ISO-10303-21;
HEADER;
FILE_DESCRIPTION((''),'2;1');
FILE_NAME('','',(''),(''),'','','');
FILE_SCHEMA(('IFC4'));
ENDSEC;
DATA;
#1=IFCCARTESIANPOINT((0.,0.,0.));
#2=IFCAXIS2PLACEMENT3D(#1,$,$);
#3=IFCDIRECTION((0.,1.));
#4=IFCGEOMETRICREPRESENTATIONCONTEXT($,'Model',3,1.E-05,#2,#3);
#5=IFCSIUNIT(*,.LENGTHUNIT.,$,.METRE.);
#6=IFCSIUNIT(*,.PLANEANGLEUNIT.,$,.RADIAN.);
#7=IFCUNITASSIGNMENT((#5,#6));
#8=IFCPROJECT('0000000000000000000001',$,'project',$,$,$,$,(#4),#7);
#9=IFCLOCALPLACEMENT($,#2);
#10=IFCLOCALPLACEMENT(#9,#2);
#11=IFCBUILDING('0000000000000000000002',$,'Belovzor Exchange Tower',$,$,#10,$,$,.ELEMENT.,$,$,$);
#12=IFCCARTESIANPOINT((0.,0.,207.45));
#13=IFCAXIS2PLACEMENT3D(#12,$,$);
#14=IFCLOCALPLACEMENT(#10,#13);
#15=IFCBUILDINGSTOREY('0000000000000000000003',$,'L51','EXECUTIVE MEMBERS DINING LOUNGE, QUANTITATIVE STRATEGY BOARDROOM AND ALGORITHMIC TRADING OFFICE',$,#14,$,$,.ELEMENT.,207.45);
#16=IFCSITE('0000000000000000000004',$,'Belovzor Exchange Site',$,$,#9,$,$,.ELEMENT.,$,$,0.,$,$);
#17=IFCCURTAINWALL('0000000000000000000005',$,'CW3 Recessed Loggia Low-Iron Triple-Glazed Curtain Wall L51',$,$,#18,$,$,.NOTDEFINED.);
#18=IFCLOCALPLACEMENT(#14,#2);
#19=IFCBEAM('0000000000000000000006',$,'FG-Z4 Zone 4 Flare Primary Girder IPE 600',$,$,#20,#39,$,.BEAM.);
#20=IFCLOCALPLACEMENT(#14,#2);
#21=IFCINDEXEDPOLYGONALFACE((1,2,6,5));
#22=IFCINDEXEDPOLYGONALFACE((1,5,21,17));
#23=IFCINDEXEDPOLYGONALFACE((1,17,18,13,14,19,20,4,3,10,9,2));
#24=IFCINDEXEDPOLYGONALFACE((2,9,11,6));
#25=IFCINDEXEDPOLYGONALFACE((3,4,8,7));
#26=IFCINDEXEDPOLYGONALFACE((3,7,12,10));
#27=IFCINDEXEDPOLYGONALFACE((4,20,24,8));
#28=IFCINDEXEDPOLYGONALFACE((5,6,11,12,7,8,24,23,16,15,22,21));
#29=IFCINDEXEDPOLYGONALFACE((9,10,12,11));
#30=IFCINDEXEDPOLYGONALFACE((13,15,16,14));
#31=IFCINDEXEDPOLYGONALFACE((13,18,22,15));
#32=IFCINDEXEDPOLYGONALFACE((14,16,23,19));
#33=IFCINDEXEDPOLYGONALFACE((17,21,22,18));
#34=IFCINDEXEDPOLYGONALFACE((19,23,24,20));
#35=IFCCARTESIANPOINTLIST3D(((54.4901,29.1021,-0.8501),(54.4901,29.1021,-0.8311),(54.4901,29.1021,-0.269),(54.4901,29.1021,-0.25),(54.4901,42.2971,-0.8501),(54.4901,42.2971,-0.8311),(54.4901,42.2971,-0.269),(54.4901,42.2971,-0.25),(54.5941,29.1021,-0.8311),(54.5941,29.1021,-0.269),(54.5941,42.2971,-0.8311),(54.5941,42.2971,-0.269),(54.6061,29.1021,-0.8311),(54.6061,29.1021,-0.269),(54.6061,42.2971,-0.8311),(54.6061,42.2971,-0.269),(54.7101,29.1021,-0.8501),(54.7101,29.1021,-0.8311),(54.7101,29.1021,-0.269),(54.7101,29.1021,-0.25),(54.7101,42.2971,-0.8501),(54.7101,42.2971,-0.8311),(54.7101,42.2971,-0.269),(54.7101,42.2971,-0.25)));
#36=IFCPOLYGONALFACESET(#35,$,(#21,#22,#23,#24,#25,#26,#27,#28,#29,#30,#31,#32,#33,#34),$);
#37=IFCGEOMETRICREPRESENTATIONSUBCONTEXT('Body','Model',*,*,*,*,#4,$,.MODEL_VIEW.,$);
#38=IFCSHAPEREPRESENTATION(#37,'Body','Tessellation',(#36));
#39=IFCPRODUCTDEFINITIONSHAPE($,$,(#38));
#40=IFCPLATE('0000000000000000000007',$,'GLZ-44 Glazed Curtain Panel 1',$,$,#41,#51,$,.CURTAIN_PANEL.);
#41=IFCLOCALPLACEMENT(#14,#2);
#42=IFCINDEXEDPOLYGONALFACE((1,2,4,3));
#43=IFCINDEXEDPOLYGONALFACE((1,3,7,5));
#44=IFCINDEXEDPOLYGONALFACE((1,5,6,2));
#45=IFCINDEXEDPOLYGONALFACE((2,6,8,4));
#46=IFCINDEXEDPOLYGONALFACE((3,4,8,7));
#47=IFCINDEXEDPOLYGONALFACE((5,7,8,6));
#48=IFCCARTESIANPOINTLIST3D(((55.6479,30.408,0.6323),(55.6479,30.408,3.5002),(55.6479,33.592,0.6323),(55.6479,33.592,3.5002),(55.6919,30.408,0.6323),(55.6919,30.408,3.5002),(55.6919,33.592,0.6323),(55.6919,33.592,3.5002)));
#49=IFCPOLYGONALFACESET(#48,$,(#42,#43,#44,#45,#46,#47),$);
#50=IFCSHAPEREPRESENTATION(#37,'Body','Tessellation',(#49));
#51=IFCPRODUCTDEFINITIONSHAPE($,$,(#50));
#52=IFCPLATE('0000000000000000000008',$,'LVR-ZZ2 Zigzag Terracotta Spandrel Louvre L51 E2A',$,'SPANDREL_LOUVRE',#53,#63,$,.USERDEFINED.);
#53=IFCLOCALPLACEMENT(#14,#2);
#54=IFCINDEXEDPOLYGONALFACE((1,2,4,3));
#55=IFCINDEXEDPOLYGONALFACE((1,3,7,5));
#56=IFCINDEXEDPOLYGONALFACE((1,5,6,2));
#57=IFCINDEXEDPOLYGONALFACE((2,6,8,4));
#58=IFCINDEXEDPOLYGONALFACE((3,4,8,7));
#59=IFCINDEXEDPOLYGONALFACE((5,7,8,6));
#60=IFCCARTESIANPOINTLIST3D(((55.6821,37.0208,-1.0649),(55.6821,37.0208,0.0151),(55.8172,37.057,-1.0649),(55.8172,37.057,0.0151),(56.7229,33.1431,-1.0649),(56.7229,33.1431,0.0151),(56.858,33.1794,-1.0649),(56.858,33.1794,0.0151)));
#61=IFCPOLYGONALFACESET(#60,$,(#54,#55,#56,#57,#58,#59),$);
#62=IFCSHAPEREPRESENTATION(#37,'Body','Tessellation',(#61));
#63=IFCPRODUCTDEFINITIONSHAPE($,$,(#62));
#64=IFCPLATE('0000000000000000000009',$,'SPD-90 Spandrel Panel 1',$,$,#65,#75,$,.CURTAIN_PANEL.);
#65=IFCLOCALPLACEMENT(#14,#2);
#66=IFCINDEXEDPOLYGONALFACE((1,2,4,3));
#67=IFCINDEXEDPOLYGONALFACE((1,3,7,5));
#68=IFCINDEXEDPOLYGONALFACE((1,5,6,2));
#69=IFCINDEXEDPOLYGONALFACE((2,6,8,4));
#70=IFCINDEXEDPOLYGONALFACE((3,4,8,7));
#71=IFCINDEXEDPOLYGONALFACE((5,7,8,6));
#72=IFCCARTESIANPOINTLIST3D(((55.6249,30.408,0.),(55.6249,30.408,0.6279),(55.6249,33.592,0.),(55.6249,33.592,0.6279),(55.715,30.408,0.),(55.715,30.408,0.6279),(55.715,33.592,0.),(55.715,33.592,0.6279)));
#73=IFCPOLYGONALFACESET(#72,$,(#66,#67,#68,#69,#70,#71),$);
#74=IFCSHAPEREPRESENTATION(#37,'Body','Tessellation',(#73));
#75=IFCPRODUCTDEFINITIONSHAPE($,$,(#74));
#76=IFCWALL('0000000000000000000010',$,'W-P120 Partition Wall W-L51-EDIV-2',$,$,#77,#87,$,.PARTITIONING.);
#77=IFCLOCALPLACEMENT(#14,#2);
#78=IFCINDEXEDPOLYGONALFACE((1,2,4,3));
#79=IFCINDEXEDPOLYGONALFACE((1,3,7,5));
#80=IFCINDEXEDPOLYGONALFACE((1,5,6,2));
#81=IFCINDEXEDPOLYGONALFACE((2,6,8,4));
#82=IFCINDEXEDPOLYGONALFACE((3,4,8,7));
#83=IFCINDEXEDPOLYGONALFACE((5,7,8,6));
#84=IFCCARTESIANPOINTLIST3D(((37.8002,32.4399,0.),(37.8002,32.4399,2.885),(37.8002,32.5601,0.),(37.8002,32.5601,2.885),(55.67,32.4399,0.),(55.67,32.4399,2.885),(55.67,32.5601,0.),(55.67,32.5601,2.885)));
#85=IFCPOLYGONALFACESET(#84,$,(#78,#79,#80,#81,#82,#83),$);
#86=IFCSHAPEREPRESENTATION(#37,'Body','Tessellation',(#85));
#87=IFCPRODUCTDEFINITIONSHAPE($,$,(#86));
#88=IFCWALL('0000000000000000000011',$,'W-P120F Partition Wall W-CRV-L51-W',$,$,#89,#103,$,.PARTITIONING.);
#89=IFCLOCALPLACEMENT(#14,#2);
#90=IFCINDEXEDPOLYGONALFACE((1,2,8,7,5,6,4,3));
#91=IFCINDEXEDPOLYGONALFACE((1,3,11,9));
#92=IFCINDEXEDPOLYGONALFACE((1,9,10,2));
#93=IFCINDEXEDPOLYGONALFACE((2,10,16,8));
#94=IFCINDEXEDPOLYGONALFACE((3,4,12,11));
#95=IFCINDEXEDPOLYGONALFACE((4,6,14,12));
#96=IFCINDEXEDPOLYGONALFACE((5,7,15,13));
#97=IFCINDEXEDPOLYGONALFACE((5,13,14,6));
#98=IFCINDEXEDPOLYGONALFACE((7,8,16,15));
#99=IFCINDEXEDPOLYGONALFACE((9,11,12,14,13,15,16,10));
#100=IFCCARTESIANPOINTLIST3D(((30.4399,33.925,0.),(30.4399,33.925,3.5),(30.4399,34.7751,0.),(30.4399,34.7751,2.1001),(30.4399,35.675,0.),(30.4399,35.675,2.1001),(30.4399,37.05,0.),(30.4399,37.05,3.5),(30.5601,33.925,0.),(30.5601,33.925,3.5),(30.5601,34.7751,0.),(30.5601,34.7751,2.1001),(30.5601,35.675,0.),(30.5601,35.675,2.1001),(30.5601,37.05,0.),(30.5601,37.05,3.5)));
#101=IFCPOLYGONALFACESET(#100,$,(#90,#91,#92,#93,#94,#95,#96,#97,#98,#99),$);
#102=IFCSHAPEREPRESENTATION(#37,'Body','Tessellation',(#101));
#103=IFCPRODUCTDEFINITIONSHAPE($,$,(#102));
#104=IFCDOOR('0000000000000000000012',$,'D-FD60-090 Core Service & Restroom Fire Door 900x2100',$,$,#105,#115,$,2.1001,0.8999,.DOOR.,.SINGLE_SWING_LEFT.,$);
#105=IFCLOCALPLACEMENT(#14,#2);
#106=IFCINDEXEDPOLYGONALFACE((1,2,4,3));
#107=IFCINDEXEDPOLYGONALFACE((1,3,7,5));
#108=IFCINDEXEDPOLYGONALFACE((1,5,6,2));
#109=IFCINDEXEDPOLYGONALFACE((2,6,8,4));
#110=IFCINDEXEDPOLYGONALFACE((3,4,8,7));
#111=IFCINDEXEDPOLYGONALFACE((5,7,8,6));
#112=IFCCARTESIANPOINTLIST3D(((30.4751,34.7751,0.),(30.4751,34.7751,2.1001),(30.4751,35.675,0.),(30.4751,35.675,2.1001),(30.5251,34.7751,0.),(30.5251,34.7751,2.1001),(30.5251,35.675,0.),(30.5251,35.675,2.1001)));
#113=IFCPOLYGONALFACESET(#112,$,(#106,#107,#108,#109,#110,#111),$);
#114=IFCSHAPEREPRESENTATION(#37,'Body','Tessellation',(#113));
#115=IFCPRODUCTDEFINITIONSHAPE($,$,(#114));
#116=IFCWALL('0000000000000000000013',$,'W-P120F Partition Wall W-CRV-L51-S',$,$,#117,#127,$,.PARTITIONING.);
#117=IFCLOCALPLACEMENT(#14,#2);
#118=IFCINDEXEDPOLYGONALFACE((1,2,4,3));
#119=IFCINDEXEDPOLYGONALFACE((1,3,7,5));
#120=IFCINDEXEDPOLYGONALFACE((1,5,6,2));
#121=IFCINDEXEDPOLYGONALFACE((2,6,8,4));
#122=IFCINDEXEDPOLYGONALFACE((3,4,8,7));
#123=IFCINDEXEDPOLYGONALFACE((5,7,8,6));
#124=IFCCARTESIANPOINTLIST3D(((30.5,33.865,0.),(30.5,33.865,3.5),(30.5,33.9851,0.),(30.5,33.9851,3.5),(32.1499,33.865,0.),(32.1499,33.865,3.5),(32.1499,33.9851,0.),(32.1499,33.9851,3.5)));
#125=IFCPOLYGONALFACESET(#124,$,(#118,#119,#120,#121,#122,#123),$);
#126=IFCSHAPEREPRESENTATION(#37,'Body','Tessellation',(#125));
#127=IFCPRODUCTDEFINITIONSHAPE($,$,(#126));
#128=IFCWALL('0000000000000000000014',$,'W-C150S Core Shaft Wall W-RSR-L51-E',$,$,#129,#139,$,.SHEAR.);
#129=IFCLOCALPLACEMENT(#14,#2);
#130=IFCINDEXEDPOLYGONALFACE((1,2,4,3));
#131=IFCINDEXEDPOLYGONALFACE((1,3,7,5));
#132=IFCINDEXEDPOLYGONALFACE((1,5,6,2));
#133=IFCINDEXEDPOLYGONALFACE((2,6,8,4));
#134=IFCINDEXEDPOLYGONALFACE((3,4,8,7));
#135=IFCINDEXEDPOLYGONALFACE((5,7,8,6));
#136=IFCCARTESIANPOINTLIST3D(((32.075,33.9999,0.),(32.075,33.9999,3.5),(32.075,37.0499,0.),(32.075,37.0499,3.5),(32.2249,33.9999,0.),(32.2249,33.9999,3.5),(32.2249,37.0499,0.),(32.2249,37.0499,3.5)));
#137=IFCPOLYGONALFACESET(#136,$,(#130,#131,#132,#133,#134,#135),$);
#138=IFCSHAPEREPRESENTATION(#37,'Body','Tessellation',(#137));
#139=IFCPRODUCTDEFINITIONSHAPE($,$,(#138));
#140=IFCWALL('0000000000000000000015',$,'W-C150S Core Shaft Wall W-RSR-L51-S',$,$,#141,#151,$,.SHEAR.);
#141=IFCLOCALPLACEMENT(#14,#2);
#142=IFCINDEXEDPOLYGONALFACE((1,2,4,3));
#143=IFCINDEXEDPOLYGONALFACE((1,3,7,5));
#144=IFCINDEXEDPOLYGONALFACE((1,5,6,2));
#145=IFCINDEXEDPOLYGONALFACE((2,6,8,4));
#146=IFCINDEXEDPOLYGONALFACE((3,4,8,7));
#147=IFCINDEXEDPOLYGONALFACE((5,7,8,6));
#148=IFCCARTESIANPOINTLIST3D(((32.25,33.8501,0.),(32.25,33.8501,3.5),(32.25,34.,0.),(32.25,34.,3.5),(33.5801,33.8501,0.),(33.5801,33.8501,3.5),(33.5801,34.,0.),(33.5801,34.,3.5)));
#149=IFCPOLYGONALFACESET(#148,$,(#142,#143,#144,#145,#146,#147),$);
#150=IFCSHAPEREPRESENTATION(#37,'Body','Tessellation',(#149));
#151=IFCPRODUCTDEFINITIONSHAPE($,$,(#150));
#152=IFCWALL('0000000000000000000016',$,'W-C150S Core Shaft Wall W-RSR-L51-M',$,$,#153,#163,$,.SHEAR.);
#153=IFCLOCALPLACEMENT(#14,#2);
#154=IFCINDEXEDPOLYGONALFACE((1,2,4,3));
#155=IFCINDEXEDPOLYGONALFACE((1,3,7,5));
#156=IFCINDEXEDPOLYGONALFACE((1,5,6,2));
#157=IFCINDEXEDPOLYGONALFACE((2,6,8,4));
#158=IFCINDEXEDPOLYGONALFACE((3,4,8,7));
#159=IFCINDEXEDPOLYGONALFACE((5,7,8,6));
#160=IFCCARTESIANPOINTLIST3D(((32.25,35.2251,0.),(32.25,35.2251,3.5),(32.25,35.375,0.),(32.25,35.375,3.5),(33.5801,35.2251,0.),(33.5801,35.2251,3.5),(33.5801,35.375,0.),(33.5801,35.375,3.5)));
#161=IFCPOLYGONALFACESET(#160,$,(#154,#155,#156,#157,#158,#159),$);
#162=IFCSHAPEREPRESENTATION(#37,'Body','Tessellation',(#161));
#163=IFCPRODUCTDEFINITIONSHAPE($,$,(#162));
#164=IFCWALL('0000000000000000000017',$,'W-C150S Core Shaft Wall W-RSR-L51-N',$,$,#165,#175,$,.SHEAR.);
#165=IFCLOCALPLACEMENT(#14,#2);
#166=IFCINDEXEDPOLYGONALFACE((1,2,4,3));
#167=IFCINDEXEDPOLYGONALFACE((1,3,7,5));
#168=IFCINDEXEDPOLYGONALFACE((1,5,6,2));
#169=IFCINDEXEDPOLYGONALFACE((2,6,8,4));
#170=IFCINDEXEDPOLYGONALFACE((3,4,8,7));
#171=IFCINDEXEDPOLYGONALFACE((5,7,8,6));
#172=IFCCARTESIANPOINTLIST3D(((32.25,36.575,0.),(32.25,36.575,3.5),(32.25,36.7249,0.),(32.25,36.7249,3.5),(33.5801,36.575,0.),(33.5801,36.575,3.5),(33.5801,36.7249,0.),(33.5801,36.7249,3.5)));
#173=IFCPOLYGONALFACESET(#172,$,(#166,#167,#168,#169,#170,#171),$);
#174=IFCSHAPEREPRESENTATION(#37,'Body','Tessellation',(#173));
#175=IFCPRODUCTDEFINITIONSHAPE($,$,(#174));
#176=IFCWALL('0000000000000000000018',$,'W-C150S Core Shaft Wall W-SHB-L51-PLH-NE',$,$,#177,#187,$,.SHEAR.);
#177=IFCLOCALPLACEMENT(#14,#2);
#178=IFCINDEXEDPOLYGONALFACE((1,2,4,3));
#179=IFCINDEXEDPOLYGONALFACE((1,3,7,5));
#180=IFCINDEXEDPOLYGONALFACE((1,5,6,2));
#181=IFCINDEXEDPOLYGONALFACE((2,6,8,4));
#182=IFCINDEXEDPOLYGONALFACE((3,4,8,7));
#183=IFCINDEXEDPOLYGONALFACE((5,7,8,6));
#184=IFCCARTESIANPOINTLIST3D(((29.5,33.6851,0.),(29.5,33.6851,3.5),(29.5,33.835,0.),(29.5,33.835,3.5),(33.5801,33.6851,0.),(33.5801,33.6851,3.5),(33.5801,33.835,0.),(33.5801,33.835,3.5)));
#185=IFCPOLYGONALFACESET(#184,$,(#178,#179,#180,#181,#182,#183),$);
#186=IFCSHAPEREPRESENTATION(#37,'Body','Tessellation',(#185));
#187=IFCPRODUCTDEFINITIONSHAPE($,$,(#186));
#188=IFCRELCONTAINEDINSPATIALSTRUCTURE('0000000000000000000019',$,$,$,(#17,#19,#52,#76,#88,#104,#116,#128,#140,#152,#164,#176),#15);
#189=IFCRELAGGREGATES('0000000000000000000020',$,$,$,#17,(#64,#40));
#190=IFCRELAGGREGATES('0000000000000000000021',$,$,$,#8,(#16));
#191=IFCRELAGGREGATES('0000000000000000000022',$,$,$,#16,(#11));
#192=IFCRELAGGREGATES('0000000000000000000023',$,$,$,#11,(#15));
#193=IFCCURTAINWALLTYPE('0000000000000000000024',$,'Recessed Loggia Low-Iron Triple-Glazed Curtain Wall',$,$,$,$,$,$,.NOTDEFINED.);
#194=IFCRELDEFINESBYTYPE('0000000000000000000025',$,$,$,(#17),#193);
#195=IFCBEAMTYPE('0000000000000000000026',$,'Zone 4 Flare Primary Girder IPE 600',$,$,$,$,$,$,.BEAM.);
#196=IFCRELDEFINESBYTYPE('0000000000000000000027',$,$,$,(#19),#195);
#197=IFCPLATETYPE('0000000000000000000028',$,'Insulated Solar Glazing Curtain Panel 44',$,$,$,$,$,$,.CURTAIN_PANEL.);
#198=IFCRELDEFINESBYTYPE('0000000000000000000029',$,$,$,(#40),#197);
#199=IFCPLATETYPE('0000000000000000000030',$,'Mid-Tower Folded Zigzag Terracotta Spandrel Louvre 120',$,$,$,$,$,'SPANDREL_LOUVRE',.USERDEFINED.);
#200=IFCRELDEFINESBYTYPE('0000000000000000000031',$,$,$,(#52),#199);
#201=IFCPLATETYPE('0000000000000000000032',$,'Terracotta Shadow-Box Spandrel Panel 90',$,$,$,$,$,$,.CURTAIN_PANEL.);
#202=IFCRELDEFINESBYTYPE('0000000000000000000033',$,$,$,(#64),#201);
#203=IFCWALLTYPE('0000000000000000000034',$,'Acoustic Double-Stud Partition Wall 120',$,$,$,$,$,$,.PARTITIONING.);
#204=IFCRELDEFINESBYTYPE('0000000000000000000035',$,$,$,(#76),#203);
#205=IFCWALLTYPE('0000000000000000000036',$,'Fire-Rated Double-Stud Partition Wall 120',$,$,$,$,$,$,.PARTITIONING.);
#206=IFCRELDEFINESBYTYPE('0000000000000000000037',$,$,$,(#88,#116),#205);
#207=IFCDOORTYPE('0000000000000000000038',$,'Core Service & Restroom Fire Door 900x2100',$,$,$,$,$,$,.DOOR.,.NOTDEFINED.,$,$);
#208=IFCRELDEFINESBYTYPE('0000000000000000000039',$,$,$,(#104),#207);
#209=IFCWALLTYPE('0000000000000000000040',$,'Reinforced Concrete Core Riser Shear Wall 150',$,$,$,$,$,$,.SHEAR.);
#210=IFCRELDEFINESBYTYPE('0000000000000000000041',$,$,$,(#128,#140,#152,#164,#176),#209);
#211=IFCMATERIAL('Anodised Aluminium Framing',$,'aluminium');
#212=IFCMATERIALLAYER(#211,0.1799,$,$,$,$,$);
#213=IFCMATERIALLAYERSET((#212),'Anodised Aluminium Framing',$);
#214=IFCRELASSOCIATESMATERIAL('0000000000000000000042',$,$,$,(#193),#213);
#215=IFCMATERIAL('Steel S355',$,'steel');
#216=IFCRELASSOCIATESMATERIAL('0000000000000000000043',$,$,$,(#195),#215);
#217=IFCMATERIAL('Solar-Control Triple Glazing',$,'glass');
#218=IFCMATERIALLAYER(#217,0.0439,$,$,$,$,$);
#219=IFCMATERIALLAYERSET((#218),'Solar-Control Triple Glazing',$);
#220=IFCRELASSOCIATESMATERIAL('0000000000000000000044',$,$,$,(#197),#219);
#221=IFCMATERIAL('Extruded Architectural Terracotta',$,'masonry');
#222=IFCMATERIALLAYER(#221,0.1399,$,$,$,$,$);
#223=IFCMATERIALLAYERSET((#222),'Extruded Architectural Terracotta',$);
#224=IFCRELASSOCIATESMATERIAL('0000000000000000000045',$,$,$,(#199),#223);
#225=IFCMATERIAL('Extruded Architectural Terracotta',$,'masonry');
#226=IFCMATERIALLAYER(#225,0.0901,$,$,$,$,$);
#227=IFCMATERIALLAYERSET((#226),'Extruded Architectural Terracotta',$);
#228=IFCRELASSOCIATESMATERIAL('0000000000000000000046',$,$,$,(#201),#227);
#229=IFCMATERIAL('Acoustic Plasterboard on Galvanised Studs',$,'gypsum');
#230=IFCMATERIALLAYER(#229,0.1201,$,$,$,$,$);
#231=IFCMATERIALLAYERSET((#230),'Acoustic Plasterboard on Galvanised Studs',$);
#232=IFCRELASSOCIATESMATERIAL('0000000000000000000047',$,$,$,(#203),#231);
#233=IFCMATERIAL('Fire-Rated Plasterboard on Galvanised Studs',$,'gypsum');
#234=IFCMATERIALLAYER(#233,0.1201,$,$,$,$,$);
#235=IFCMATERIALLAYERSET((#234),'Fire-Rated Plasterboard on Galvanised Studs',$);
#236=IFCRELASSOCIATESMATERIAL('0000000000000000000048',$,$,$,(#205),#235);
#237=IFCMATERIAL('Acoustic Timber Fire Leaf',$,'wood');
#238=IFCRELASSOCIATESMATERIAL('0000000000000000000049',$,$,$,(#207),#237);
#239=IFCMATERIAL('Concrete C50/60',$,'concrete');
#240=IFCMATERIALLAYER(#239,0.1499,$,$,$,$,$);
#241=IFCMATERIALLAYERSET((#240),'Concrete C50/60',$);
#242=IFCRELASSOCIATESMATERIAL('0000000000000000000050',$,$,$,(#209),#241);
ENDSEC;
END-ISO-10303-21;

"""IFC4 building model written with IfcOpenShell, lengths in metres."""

from ifc_helpers import new_model, si_unit, direction, frame, frame_2d, origin, origin_2d, place, context, subcontext, project, spatial, rectangle, i_section, extrude, material, layer, layer_set, material_profile, profile_set, type_object, element, fill, aggregate, save


model = new_model("IFC4")

# Units and contexts
model_context = context("Model", 3, precision=1e-05, world=origin(), true_north=direction((0.0, 1.0)))
body_context = subcontext(model_context, "Body", "Model", "MODEL_VIEW")
ifc_project = project(units=[si_unit("LENGTHUNIT", "METRE"), si_unit("PLANEANGLEUNIT", "RADIAN")], contexts=[model_context])

# Site, building, storey
site_placement = place(None, origin())
site = spatial("IfcSite", under=ifc_project, at=site_placement, Name="Belovzor Exchange Site", CompositionType="ELEMENT", RefElevation=0.0)
building_placement = place(site_placement, origin())
building = spatial("IfcBuilding", under=site, at=building_placement, Name="Belovzor Exchange Tower", CompositionType="ELEMENT")
storey_placement = place(building_placement, frame((0.0, 0.0, 207.45)))
storey = spatial("IfcBuildingStorey", under=building, at=storey_placement, Name="L51", Description="EXECUTIVE MEMBERS DINING LOUNGE, QUANTITATIVE STRATEGY BOARDROOM AND ALGORITHMIC TRADING OFFICE", CompositionType="ELEMENT", Elevation=207.45)

# Curtain wall
ifc_material_1 = material(Name="Anodised Aluminium Framing", Category="aluminium")
ifc_layer_1 = layer(ifc_material_1, 0.1799)
ifc_layer_set_1 = layer_set([ifc_layer_1], Name="Anodised Aluminium Framing")
curtain_wall_type = type_object("IfcCurtainWallType", Name="Recessed Loggia Low-Iron Triple-Glazed Curtain Wall", PredefinedType="NOTDEFINED", material=ifc_layer_set_1)
curtain_wall_placement = place(storey_placement, origin())
curtain_wall = element("IfcCurtainWall", 1, at=curtain_wall_placement, inside=storey, type_object=curtain_wall_type, Name="CW3 Recessed Loggia Low-Iron Triple-Glazed Curtain Wall L51", PredefinedType="NOTDEFINED")

# Beam
ifc_material_2 = material(Name="Steel S355", Category="steel")
ifc_material_profile_1 = material_profile(ifc_material_2, i_section(OverallWidth=0.22, OverallDepth=0.6001, WebThickness=0.012, FlangeThickness=0.019, at=origin_2d()))
ifc_profile_set_1 = profile_set([ifc_material_profile_1], Name="Steel S355")
beam_type_1 = type_object("IfcBeamType", Name="Zone 4 Flare Primary Girder IPE 600", PredefinedType="BEAM", material=ifc_profile_set_1)
beam_1_placement = place(storey_placement, frame((54.6001, 29.1021, -0.55), z_axis=(0.0, 1.0, 0.0), x_axis=(-1.0, 0.0, 0.0)))
element("IfcBeam", 2, at=beam_1_placement, inside=storey, type_object=beam_type_1, Name="FG-Z4 Zone 4 Flare Primary Girder IPE 600", PredefinedType="BEAM", context=body_context, shape_type="SweptSolid", body=[
    extrude(i_section(OverallWidth=0.22, OverallDepth=0.6001, WebThickness=0.012, FlangeThickness=0.019, at=origin_2d()), origin(), (0.0, 0.0, 1.0), 13.1951),
])

# Plates
ifc_material_3 = material(Name="Solar-Control Triple Glazing", Category="glass")
ifc_layer_2 = layer(ifc_material_3, 0.0439)
ifc_layer_set_2 = layer_set([ifc_layer_2], Name="Solar-Control Triple Glazing")
plate_type_1 = type_object("IfcPlateType", Name="Insulated Solar Glazing Curtain Panel 44", PredefinedType="CURTAIN_PANEL", material=ifc_layer_set_2)
plate_1_placement = place(storey_placement, frame((55.6699, 32.0, 0.6323), z_axis=(0.0, 0.0, 1.0), x_axis=(0.0, -1.0, 0.0)))
plate_1 = element("IfcPlate", 3, at=plate_1_placement, type_object=plate_type_1, Name="GLZ-44 Glazed Curtain Panel 1", PredefinedType="CURTAIN_PANEL", context=body_context, shape_type="SweptSolid", body=[
    extrude(rectangle(XDim=3.1841, YDim=0.0439, at=origin_2d()), origin(), (0.0, 0.0, 1.0), 2.8679),
])
ifc_material_4 = material(Name="Extruded Architectural Terracotta", Category="masonry")
ifc_layer_3 = layer(ifc_material_4, 0.1399)
ifc_layer_set_3 = layer_set([ifc_layer_3], Name="Extruded Architectural Terracotta")
plate_type_2 = type_object("IfcPlateType", Name="Mid-Tower Folded Zigzag Terracotta Spandrel Louvre 120", ElementType="SPANDREL_LOUVRE", PredefinedType="USERDEFINED", material=ifc_layer_set_3)
plate_2_placement = place(storey_placement, frame((56.27, 35.1001, -1.0649), z_axis=(0.0, 0.0, 1.0), x_axis=(-0.25924, 0.965813, 0.0)))
element("IfcPlate", 4, at=plate_2_placement, inside=storey, type_object=plate_type_2, Name="LVR-ZZ2 Zigzag Terracotta Spandrel Louvre L51 E2A", ObjectType="SPANDREL_LOUVRE", PredefinedType="USERDEFINED", context=body_context, shape_type="SweptSolid", body=[
    extrude(rectangle(XDim=4.0149, YDim=0.1399, at=origin_2d()), origin(), (0.0, 0.0, 1.0), 1.0801),
])
ifc_material_5 = material(Name="Extruded Architectural Terracotta", Category="masonry")
ifc_layer_4 = layer(ifc_material_5, 0.0901)
ifc_layer_set_4 = layer_set([ifc_layer_4], Name="Extruded Architectural Terracotta")
plate_type_3 = type_object("IfcPlateType", Name="Terracotta Shadow-Box Spandrel Panel 90", PredefinedType="CURTAIN_PANEL", material=ifc_layer_set_4)
plate_3_placement = place(storey_placement, frame((55.6699, 32.0, 0.0), z_axis=(0.0, 0.0, 1.0), x_axis=(0.0, -1.0, 0.0)))
plate_3 = element("IfcPlate", 5, at=plate_3_placement, type_object=plate_type_3, Name="SPD-90 Spandrel Panel 1", PredefinedType="CURTAIN_PANEL", context=body_context, shape_type="SweptSolid", body=[
    extrude(rectangle(XDim=3.1841, YDim=0.0901, at=origin_2d()), origin(), (0.0, 0.0, 1.0), 0.6279),
])
aggregate(curtain_wall, [plate_3, plate_1])

# Wall
ifc_material_6 = material(Name="Acoustic Plasterboard on Galvanised Studs", Category="gypsum")
ifc_layer_5 = layer(ifc_material_6, 0.1201)
ifc_layer_set_5 = layer_set([ifc_layer_5], Name="Acoustic Plasterboard on Galvanised Studs")
wall_type_1 = type_object("IfcWallType", Name="Acoustic Double-Stud Partition Wall 120", PredefinedType="PARTITIONING", material=ifc_layer_set_5)
wall_1_placement = place(storey_placement, frame((37.8, 32.5, 0.0), z_axis=(0.0, 0.0, 1.0), x_axis=(1.0, 0.0, 0.0)))
element("IfcWall", 6, at=wall_1_placement, inside=storey, type_object=wall_type_1, Name="W-P120 Partition Wall W-L51-EDIV-2", PredefinedType="PARTITIONING", context=body_context, shape_type="SweptSolid", body=[
    extrude(rectangle(XDim=17.8699, YDim=0.1201, at=frame_2d((8.9351, 0.0))), origin(), (0.0, 0.0, 1.0), 2.885),
])

# Wall, opening, door
ifc_material_7 = material(Name="Fire-Rated Plasterboard on Galvanised Studs", Category="gypsum")
ifc_layer_6 = layer(ifc_material_7, 0.1201)
ifc_layer_set_6 = layer_set([ifc_layer_6], Name="Fire-Rated Plasterboard on Galvanised Studs")
wall_type_2 = type_object("IfcWallType", Name="Fire-Rated Double-Stud Partition Wall 120", PredefinedType="PARTITIONING", material=ifc_layer_set_6)
wall_2_placement = place(storey_placement, frame((30.5, 33.925, 0.0), z_axis=(0.0, 0.0, 1.0), x_axis=(0.0, 1.0, 0.0)))
wall_2 = element("IfcWall", 7, at=wall_2_placement, inside=storey, type_object=wall_type_2, Name="W-P120F Partition Wall W-CRV-L51-W", PredefinedType="PARTITIONING", context=body_context, shape_type="SweptSolid", body=[
    extrude(rectangle(XDim=3.125, YDim=0.1201, at=frame_2d((1.5625, 0.0))), origin(), (0.0, 0.0, 1.0), 3.5),
])
opening_placement = place(wall_2_placement, frame((0.8501, 0.0, 0.0)))
opening = element("IfcOpeningElement", 8, at=opening_placement, cuts=wall_2, PredefinedType="OPENING", context=body_context, shape_type="SweptSolid", body=[
    extrude(rectangle(XDim=0.8999, YDim=2.1001, at=frame_2d((0.45, 1.05))), frame((0.0, 0.0701, 0.0), z_axis=(0.0, -1.0, 0.0), x_axis=(1.0, 0.0, 0.0)), (0.0, 0.0, 1.0), 0.1401),
])
ifc_material_8 = material(Name="Acoustic Timber Fire Leaf", Category="wood")
door_type = type_object("IfcDoorType", Name="Core Service & Restroom Fire Door 900x2100", OperationType="NOTDEFINED", PredefinedType="DOOR", material=ifc_material_8)
door_placement = place(opening_placement, origin())
door = element("IfcDoor", 9, at=door_placement, inside=storey, type_object=door_type, Name="D-FD60-090 Core Service & Restroom Fire Door 900x2100", OperationType="SINGLE_SWING_LEFT", OverallHeight=2.1001, OverallWidth=0.8999, PredefinedType="DOOR", context=body_context, shape_type="SweptSolid", body=[
    extrude(rectangle(XDim=0.8999, YDim=2.1001, at=frame_2d((0.45, 1.05))), frame((0.0, 0.0249, 0.0), z_axis=(0.0, -1.0, 0.0), x_axis=(1.0, 0.0, 0.0)), (0.0, 0.0, 1.0), 0.05),
])
fill(opening, door)

# Walls
wall_3_placement = place(storey_placement, frame((30.5, 33.925, 0.0), z_axis=(0.0, 0.0, 1.0), x_axis=(1.0, 0.0, 0.0)))
element("IfcWall", 10, at=wall_3_placement, inside=storey, type_object=wall_type_2, Name="W-P120F Partition Wall W-CRV-L51-S", PredefinedType="PARTITIONING", context=body_context, shape_type="SweptSolid", body=[
    extrude(rectangle(XDim=1.6499, YDim=0.1201, at=frame_2d((0.825, 0.0))), origin(), (0.0, 0.0, 1.0), 3.5),
])
ifc_material_9 = material(Name="Concrete C50/60", Category="concrete")
ifc_layer_7 = layer(ifc_material_9, 0.1499)
ifc_layer_set_7 = layer_set([ifc_layer_7], Name="Concrete C50/60")
wall_type_3 = type_object("IfcWallType", Name="Reinforced Concrete Core Riser Shear Wall 150", PredefinedType="SHEAR", material=ifc_layer_set_7)
wall_4_placement = place(storey_placement, frame((32.1499, 34.0, 0.0), z_axis=(0.0, 0.0, 1.0), x_axis=(0.0, 1.0, 0.0)))
element("IfcWall", 11, at=wall_4_placement, inside=storey, type_object=wall_type_3, Name="W-C150S Core Shaft Wall W-RSR-L51-E", PredefinedType="SHEAR", context=body_context, shape_type="SweptSolid", body=[
    extrude(rectangle(XDim=3.05, YDim=0.1499, at=frame_2d((1.5249, 0.0))), origin(), (0.0, 0.0, 1.0), 3.5),
])
for number, where, z_axis, x_axis, name in (
    (12, (32.25, 33.925, 0.0), (0.0, 0.0, 1.0), (1.0, 0.0, 0.0), "W-C150S Core Shaft Wall W-RSR-L51-S"),
    (13, (32.25, 35.3, 0.0), (0.0, 0.0, 1.0), (1.0, 0.0, 0.0), "W-C150S Core Shaft Wall W-RSR-L51-M"),
    (14, (32.25, 36.6499, 0.0), (0.0, 0.0, 1.0), (1.0, 0.0, 0.0), "W-C150S Core Shaft Wall W-RSR-L51-N"),
):
    element("IfcWall", number, at=place(storey_placement, frame(where, z_axis=z_axis, x_axis=x_axis)), inside=storey, type_object=wall_type_3, Name=name, PredefinedType="SHEAR", context=body_context, shape_type="SweptSolid", body=[
        extrude(rectangle(XDim=1.3301, YDim=0.1499, at=frame_2d((0.665, 0.0))), origin(), (0.0, 0.0, 1.0), 3.5),
    ])
wall_5_placement = place(storey_placement, frame((29.5, 33.76, 0.0), z_axis=(0.0, 0.0, 1.0), x_axis=(1.0, 0.0, 0.0)))
element("IfcWall", 15, at=wall_5_placement, inside=storey, type_object=wall_type_3, Name="W-C150S Core Shaft Wall W-SHB-L51-PLH-NE", PredefinedType="SHEAR", context=body_context, shape_type="SweptSolid", body=[
    extrude(rectangle(XDim=4.0801, YDim=0.1499, at=frame_2d((2.04, 0.0))), origin(), (0.0, 0.0, 1.0), 3.5),
])

save(model, "model.ifc")
